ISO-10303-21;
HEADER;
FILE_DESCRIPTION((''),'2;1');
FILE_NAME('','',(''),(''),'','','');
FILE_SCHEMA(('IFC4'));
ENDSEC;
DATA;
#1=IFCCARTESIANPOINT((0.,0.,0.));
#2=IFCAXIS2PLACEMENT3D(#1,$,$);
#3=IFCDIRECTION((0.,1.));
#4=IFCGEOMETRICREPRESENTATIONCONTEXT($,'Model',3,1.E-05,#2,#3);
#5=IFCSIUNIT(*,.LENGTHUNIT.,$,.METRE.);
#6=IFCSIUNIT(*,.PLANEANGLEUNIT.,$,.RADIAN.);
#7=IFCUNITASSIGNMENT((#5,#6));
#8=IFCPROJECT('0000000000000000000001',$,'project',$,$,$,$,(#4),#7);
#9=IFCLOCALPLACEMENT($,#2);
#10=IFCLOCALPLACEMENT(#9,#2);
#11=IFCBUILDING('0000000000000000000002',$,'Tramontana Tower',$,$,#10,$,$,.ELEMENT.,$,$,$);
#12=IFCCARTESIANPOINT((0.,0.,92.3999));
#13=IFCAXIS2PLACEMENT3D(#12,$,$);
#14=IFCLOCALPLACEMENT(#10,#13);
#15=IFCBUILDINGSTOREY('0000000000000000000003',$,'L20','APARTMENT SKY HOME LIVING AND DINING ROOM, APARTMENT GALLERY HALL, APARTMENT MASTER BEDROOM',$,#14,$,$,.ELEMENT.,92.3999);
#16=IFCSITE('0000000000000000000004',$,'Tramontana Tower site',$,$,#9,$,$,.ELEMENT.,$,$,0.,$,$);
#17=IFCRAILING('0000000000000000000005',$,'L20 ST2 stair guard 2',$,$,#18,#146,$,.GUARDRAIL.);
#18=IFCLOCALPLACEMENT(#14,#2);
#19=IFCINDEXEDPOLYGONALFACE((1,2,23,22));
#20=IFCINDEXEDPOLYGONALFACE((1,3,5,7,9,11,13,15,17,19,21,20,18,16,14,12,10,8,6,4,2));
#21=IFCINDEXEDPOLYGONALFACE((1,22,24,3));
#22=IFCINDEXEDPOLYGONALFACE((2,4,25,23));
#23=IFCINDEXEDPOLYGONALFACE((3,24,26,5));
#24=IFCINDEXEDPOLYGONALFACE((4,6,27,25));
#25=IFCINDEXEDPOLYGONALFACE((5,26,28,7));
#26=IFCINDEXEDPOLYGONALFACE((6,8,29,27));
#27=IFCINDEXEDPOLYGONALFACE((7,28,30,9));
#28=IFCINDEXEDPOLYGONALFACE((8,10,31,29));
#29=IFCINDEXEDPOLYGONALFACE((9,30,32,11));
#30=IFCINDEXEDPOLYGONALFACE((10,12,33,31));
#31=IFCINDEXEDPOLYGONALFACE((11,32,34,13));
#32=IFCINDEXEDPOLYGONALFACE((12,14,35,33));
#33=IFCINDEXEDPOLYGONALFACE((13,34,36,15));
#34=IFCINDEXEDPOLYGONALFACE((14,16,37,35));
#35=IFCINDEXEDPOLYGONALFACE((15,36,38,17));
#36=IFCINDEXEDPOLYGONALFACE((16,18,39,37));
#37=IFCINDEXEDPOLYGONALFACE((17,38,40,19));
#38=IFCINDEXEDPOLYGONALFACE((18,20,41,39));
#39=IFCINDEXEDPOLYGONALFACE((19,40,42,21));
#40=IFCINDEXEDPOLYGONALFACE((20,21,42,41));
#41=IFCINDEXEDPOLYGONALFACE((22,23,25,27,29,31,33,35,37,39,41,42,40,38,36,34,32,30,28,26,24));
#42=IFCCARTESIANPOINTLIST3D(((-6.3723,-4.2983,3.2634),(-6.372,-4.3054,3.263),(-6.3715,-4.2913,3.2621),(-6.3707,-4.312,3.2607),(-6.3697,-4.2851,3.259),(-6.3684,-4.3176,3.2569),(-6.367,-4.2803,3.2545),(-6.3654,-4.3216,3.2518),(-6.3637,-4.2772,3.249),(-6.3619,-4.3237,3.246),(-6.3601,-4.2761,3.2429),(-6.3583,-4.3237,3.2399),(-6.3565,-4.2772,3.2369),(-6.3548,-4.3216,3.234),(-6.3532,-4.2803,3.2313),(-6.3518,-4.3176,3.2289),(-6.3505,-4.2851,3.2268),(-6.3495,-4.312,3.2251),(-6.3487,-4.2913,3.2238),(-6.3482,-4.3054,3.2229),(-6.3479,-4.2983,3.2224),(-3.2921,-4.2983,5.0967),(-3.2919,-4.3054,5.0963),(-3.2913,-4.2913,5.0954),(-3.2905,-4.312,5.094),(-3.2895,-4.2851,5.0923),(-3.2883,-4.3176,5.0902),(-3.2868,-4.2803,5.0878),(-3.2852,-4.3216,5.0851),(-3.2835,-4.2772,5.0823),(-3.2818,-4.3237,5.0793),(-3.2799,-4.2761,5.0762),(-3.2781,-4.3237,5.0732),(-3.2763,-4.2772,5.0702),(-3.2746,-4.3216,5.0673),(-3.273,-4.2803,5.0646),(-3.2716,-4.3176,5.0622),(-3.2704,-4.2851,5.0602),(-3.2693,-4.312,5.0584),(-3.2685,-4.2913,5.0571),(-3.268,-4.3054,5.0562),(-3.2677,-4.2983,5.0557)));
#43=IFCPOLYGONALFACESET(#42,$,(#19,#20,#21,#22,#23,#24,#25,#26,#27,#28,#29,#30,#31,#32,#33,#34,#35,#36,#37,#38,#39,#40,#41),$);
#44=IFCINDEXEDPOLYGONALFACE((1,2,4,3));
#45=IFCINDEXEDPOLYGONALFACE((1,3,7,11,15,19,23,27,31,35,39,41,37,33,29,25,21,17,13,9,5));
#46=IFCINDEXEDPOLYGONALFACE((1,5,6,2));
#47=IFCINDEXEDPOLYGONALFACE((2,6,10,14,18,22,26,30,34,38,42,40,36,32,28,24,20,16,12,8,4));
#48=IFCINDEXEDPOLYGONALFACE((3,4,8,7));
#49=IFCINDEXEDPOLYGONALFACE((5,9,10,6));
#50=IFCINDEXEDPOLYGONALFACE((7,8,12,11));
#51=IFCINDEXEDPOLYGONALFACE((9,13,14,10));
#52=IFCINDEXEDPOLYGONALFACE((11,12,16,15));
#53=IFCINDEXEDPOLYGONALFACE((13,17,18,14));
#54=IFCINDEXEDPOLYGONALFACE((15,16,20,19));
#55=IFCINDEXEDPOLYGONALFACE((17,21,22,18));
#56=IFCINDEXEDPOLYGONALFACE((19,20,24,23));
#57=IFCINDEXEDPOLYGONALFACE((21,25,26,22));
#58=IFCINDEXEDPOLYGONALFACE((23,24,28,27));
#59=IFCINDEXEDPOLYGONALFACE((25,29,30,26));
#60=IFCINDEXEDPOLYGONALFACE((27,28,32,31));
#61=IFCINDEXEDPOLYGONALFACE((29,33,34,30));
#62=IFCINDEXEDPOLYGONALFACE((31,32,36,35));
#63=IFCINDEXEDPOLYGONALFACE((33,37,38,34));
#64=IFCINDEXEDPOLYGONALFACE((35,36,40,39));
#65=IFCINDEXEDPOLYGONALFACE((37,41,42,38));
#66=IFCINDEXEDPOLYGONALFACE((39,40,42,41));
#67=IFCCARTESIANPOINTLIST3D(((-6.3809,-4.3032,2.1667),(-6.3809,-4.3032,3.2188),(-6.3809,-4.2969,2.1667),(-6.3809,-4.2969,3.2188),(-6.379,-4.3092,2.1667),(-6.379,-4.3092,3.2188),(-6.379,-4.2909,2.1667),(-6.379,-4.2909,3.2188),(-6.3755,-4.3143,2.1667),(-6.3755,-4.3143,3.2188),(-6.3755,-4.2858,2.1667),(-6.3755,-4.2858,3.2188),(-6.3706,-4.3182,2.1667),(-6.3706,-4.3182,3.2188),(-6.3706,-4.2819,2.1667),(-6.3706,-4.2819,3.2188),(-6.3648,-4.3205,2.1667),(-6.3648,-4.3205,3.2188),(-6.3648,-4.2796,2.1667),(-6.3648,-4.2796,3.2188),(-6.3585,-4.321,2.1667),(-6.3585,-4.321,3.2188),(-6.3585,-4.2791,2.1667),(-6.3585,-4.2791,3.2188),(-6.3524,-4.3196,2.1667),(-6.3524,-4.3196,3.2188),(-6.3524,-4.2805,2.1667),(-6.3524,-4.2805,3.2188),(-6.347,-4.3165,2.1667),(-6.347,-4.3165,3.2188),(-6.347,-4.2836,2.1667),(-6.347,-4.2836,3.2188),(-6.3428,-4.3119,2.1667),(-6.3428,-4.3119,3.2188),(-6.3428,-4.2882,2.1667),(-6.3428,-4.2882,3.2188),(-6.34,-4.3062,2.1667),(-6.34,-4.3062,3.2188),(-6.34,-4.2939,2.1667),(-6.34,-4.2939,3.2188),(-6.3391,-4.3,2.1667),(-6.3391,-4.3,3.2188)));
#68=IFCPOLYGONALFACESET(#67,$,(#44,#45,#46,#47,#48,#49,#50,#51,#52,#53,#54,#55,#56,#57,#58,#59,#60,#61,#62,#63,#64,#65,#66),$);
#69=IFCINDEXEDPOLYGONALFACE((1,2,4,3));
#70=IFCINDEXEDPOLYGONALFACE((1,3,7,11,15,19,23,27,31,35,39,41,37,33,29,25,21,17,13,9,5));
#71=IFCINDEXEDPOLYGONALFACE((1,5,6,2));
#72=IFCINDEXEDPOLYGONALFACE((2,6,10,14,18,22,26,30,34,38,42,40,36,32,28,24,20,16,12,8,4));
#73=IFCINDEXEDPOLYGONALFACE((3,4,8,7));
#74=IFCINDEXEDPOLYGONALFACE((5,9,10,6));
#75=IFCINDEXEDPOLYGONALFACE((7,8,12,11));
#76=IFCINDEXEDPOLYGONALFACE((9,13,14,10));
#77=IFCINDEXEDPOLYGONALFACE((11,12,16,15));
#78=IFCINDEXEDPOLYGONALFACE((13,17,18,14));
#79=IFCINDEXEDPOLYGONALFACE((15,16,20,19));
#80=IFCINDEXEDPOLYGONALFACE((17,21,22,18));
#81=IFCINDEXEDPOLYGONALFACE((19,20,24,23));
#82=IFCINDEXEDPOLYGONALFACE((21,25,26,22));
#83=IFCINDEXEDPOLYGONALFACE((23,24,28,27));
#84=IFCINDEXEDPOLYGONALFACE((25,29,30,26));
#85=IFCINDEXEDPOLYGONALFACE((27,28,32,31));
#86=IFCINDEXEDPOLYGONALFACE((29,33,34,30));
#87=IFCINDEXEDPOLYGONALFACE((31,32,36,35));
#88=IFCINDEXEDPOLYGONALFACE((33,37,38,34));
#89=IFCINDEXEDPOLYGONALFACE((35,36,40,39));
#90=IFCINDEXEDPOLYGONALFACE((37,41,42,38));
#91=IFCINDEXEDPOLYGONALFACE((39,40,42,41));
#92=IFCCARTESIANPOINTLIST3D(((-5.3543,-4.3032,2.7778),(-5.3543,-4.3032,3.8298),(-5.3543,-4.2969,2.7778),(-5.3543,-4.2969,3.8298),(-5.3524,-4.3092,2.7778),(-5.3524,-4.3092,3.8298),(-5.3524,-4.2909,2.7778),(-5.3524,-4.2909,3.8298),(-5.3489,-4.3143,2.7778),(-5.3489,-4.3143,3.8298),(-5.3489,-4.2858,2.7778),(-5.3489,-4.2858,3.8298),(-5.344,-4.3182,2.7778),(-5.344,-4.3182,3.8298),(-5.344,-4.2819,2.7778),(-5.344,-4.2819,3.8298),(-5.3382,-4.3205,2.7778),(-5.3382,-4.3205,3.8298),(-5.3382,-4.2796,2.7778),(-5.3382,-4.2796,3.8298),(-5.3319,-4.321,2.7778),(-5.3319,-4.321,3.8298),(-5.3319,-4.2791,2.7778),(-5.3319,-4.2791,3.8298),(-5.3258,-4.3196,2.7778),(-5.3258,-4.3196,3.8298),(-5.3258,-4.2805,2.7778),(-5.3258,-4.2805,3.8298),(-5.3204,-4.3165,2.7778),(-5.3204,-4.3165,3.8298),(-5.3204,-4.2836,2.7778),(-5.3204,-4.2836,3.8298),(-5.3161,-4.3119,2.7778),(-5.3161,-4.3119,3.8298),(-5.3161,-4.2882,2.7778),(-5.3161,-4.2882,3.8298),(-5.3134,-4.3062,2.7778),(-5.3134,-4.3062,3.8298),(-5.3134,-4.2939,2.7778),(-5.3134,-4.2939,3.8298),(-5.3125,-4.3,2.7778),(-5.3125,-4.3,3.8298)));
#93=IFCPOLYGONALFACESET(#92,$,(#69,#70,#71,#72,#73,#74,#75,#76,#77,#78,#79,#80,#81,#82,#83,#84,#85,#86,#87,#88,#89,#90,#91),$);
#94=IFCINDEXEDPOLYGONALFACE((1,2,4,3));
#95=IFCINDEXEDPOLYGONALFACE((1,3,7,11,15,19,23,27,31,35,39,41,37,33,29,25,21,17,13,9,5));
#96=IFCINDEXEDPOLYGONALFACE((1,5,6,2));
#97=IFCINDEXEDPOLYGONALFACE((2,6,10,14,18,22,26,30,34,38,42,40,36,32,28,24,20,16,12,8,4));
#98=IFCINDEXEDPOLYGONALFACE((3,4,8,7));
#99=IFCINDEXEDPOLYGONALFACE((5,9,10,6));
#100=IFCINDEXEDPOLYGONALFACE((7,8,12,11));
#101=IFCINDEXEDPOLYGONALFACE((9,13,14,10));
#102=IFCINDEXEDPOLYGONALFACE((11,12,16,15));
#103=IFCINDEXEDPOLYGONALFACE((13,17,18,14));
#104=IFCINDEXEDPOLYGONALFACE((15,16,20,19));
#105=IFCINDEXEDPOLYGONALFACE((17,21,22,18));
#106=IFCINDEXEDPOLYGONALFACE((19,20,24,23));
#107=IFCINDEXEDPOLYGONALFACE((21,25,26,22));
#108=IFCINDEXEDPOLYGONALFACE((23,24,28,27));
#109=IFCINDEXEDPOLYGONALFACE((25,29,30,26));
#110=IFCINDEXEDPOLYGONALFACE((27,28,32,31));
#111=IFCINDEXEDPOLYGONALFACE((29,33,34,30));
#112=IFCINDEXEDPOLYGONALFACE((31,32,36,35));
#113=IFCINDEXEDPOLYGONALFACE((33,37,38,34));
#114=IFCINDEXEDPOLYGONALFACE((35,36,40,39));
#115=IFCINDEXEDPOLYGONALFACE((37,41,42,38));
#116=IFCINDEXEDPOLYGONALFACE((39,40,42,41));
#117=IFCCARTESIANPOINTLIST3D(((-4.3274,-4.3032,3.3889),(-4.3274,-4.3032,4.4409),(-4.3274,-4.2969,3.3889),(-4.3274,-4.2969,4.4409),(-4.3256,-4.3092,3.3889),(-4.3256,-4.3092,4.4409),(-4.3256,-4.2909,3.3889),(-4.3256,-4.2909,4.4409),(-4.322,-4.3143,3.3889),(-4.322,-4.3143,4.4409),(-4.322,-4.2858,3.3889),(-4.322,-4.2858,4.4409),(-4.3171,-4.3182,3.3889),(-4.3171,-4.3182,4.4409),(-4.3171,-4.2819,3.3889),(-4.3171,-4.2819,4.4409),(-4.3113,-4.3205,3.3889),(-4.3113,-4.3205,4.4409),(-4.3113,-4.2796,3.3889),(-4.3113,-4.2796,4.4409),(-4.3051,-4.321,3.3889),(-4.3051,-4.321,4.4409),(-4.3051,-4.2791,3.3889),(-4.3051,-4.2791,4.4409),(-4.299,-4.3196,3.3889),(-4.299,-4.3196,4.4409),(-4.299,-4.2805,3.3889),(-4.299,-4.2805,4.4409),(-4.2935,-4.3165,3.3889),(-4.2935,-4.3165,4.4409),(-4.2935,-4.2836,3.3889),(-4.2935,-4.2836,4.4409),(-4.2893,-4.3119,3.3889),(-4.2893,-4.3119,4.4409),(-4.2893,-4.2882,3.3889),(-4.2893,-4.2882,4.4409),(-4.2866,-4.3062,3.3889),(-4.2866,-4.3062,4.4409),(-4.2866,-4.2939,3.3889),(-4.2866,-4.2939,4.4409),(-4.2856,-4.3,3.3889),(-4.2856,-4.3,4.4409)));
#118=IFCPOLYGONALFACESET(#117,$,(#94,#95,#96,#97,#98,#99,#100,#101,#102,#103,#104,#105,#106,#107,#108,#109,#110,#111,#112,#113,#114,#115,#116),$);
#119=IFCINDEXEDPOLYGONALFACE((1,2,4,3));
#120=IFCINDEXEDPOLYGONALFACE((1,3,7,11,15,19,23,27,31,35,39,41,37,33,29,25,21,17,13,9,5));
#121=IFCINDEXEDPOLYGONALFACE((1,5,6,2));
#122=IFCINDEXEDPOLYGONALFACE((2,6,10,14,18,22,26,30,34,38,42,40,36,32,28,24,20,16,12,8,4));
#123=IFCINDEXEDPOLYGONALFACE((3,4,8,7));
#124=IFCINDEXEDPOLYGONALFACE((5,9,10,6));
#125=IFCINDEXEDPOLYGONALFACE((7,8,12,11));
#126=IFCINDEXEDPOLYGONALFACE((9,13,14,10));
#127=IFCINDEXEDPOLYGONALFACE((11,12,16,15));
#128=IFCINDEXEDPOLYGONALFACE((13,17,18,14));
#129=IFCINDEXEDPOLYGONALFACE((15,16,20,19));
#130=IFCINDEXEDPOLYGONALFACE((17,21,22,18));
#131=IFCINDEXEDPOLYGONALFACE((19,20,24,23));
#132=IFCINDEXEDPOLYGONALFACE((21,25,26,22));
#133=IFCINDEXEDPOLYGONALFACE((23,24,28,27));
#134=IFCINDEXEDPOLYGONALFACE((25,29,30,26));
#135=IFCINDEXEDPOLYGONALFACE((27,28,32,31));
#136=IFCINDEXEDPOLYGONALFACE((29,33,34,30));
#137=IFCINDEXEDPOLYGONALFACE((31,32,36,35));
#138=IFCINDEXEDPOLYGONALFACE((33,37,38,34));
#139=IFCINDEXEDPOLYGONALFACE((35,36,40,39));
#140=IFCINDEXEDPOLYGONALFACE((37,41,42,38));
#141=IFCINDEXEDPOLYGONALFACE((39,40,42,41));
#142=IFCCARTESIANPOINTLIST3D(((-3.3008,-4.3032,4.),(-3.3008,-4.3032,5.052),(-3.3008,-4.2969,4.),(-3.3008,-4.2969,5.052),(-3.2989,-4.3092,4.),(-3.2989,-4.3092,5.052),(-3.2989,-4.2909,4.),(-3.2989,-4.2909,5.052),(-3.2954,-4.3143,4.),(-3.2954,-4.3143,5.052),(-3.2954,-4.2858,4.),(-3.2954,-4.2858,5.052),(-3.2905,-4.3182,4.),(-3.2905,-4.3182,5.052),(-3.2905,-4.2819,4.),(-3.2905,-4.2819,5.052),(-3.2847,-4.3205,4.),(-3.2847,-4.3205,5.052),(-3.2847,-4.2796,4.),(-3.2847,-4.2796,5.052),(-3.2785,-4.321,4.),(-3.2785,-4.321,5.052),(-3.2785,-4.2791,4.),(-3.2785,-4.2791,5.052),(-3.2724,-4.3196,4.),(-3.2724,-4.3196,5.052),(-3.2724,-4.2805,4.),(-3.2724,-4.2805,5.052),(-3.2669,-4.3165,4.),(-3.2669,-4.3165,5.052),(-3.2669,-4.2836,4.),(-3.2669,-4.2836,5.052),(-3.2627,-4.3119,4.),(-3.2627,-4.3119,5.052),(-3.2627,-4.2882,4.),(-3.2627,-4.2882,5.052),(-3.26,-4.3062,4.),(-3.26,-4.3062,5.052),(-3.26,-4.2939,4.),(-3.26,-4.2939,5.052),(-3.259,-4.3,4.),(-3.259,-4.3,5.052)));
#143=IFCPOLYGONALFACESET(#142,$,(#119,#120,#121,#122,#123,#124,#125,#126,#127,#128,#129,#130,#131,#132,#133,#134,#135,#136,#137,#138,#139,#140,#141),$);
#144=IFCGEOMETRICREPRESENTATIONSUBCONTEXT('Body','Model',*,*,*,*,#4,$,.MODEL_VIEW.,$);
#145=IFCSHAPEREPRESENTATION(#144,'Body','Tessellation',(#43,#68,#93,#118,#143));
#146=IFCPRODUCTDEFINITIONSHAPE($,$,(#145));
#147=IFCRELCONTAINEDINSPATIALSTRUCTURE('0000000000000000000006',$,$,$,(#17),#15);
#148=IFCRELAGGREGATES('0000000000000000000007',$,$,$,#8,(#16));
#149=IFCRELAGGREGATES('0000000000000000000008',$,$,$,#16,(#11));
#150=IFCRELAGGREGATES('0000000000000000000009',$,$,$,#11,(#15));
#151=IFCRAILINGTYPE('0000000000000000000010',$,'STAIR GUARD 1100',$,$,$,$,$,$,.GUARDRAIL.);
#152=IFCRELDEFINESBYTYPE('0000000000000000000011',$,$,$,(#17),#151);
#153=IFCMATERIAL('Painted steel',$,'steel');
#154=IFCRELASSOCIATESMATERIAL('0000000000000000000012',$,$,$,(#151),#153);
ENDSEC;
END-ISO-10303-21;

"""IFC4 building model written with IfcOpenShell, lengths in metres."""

from ifc_helpers import new_model, si_unit, direction, frame, origin, origin_2d, place, context, subcontext, project, spatial, circle, extrude, material, type_object, element, save


model = new_model("IFC4")

# Units and contexts
model_context = context("Model", 3, precision=1e-05, world=origin(), true_north=direction((0.0, 1.0)))
body_context = subcontext(model_context, "Body", "Model", "MODEL_VIEW")
ifc_project = project(units=[si_unit("LENGTHUNIT", "METRE"), si_unit("PLANEANGLEUNIT", "RADIAN")], contexts=[model_context])

# Site, building, storey
site_placement = place(None, origin())
site = spatial("IfcSite", under=ifc_project, at=site_placement, Name="Tramontana Tower site", CompositionType="ELEMENT", RefElevation=0.0)
building_placement = place(site_placement, origin())
building = spatial("IfcBuilding", under=site, at=building_placement, Name="Tramontana Tower", CompositionType="ELEMENT")
storey_placement = place(building_placement, frame((0.0, 0.0, 92.3999)))
storey = spatial("IfcBuildingStorey", under=building, at=storey_placement, Name="L20", Description="APARTMENT SKY HOME LIVING AND DINING ROOM, APARTMENT GALLERY HALL, APARTMENT MASTER BEDROOM", CompositionType="ELEMENT", Elevation=92.3999)

# Railing
ifc_material_1 = material(Name="Painted steel", Category="steel")
railing_type_1 = type_object("IfcRailingType", Name="STAIR GUARD 1100", PredefinedType="GUARDRAIL", material=ifc_material_1)
railing_1_placement = place(storey_placement, frame((-6.3601, -4.3, 2.1667)))
element("IfcRailing", 1, at=railing_1_placement, inside=storey, type_object=railing_type_1, Name="L20 ST2 stair guard 2", PredefinedType="GUARDRAIL", context=body_context, shape_type="SweptSolid", body=[
    extrude(circle(Radius=0.0239, at=origin_2d()), frame((0.0, 0.0, 1.0762), z_axis=(0.859309, 0.0, 0.511458), x_axis=(0.0, 1.0, 0.0)), (0.0, 0.0, 1.0), 3.5845),
    extrude(circle(Radius=0.021, at=origin_2d()), origin(), (0.0, 0.0, 1.0), 1.052),
    extrude(circle(Radius=0.021, at=origin_2d()), frame((1.0266, 0.0, 0.6111)), (0.0, 0.0, 1.0), 1.052),
    extrude(circle(Radius=0.021, at=origin_2d()), frame((2.0535, 0.0, 1.2222)), (0.0, 0.0, 1.0), 1.052),
    extrude(circle(Radius=0.021, at=origin_2d()), frame((3.0801, 0.0, 1.8333)), (0.0, 0.0, 1.0), 1.052),
])

save(model, "model.ifc")
